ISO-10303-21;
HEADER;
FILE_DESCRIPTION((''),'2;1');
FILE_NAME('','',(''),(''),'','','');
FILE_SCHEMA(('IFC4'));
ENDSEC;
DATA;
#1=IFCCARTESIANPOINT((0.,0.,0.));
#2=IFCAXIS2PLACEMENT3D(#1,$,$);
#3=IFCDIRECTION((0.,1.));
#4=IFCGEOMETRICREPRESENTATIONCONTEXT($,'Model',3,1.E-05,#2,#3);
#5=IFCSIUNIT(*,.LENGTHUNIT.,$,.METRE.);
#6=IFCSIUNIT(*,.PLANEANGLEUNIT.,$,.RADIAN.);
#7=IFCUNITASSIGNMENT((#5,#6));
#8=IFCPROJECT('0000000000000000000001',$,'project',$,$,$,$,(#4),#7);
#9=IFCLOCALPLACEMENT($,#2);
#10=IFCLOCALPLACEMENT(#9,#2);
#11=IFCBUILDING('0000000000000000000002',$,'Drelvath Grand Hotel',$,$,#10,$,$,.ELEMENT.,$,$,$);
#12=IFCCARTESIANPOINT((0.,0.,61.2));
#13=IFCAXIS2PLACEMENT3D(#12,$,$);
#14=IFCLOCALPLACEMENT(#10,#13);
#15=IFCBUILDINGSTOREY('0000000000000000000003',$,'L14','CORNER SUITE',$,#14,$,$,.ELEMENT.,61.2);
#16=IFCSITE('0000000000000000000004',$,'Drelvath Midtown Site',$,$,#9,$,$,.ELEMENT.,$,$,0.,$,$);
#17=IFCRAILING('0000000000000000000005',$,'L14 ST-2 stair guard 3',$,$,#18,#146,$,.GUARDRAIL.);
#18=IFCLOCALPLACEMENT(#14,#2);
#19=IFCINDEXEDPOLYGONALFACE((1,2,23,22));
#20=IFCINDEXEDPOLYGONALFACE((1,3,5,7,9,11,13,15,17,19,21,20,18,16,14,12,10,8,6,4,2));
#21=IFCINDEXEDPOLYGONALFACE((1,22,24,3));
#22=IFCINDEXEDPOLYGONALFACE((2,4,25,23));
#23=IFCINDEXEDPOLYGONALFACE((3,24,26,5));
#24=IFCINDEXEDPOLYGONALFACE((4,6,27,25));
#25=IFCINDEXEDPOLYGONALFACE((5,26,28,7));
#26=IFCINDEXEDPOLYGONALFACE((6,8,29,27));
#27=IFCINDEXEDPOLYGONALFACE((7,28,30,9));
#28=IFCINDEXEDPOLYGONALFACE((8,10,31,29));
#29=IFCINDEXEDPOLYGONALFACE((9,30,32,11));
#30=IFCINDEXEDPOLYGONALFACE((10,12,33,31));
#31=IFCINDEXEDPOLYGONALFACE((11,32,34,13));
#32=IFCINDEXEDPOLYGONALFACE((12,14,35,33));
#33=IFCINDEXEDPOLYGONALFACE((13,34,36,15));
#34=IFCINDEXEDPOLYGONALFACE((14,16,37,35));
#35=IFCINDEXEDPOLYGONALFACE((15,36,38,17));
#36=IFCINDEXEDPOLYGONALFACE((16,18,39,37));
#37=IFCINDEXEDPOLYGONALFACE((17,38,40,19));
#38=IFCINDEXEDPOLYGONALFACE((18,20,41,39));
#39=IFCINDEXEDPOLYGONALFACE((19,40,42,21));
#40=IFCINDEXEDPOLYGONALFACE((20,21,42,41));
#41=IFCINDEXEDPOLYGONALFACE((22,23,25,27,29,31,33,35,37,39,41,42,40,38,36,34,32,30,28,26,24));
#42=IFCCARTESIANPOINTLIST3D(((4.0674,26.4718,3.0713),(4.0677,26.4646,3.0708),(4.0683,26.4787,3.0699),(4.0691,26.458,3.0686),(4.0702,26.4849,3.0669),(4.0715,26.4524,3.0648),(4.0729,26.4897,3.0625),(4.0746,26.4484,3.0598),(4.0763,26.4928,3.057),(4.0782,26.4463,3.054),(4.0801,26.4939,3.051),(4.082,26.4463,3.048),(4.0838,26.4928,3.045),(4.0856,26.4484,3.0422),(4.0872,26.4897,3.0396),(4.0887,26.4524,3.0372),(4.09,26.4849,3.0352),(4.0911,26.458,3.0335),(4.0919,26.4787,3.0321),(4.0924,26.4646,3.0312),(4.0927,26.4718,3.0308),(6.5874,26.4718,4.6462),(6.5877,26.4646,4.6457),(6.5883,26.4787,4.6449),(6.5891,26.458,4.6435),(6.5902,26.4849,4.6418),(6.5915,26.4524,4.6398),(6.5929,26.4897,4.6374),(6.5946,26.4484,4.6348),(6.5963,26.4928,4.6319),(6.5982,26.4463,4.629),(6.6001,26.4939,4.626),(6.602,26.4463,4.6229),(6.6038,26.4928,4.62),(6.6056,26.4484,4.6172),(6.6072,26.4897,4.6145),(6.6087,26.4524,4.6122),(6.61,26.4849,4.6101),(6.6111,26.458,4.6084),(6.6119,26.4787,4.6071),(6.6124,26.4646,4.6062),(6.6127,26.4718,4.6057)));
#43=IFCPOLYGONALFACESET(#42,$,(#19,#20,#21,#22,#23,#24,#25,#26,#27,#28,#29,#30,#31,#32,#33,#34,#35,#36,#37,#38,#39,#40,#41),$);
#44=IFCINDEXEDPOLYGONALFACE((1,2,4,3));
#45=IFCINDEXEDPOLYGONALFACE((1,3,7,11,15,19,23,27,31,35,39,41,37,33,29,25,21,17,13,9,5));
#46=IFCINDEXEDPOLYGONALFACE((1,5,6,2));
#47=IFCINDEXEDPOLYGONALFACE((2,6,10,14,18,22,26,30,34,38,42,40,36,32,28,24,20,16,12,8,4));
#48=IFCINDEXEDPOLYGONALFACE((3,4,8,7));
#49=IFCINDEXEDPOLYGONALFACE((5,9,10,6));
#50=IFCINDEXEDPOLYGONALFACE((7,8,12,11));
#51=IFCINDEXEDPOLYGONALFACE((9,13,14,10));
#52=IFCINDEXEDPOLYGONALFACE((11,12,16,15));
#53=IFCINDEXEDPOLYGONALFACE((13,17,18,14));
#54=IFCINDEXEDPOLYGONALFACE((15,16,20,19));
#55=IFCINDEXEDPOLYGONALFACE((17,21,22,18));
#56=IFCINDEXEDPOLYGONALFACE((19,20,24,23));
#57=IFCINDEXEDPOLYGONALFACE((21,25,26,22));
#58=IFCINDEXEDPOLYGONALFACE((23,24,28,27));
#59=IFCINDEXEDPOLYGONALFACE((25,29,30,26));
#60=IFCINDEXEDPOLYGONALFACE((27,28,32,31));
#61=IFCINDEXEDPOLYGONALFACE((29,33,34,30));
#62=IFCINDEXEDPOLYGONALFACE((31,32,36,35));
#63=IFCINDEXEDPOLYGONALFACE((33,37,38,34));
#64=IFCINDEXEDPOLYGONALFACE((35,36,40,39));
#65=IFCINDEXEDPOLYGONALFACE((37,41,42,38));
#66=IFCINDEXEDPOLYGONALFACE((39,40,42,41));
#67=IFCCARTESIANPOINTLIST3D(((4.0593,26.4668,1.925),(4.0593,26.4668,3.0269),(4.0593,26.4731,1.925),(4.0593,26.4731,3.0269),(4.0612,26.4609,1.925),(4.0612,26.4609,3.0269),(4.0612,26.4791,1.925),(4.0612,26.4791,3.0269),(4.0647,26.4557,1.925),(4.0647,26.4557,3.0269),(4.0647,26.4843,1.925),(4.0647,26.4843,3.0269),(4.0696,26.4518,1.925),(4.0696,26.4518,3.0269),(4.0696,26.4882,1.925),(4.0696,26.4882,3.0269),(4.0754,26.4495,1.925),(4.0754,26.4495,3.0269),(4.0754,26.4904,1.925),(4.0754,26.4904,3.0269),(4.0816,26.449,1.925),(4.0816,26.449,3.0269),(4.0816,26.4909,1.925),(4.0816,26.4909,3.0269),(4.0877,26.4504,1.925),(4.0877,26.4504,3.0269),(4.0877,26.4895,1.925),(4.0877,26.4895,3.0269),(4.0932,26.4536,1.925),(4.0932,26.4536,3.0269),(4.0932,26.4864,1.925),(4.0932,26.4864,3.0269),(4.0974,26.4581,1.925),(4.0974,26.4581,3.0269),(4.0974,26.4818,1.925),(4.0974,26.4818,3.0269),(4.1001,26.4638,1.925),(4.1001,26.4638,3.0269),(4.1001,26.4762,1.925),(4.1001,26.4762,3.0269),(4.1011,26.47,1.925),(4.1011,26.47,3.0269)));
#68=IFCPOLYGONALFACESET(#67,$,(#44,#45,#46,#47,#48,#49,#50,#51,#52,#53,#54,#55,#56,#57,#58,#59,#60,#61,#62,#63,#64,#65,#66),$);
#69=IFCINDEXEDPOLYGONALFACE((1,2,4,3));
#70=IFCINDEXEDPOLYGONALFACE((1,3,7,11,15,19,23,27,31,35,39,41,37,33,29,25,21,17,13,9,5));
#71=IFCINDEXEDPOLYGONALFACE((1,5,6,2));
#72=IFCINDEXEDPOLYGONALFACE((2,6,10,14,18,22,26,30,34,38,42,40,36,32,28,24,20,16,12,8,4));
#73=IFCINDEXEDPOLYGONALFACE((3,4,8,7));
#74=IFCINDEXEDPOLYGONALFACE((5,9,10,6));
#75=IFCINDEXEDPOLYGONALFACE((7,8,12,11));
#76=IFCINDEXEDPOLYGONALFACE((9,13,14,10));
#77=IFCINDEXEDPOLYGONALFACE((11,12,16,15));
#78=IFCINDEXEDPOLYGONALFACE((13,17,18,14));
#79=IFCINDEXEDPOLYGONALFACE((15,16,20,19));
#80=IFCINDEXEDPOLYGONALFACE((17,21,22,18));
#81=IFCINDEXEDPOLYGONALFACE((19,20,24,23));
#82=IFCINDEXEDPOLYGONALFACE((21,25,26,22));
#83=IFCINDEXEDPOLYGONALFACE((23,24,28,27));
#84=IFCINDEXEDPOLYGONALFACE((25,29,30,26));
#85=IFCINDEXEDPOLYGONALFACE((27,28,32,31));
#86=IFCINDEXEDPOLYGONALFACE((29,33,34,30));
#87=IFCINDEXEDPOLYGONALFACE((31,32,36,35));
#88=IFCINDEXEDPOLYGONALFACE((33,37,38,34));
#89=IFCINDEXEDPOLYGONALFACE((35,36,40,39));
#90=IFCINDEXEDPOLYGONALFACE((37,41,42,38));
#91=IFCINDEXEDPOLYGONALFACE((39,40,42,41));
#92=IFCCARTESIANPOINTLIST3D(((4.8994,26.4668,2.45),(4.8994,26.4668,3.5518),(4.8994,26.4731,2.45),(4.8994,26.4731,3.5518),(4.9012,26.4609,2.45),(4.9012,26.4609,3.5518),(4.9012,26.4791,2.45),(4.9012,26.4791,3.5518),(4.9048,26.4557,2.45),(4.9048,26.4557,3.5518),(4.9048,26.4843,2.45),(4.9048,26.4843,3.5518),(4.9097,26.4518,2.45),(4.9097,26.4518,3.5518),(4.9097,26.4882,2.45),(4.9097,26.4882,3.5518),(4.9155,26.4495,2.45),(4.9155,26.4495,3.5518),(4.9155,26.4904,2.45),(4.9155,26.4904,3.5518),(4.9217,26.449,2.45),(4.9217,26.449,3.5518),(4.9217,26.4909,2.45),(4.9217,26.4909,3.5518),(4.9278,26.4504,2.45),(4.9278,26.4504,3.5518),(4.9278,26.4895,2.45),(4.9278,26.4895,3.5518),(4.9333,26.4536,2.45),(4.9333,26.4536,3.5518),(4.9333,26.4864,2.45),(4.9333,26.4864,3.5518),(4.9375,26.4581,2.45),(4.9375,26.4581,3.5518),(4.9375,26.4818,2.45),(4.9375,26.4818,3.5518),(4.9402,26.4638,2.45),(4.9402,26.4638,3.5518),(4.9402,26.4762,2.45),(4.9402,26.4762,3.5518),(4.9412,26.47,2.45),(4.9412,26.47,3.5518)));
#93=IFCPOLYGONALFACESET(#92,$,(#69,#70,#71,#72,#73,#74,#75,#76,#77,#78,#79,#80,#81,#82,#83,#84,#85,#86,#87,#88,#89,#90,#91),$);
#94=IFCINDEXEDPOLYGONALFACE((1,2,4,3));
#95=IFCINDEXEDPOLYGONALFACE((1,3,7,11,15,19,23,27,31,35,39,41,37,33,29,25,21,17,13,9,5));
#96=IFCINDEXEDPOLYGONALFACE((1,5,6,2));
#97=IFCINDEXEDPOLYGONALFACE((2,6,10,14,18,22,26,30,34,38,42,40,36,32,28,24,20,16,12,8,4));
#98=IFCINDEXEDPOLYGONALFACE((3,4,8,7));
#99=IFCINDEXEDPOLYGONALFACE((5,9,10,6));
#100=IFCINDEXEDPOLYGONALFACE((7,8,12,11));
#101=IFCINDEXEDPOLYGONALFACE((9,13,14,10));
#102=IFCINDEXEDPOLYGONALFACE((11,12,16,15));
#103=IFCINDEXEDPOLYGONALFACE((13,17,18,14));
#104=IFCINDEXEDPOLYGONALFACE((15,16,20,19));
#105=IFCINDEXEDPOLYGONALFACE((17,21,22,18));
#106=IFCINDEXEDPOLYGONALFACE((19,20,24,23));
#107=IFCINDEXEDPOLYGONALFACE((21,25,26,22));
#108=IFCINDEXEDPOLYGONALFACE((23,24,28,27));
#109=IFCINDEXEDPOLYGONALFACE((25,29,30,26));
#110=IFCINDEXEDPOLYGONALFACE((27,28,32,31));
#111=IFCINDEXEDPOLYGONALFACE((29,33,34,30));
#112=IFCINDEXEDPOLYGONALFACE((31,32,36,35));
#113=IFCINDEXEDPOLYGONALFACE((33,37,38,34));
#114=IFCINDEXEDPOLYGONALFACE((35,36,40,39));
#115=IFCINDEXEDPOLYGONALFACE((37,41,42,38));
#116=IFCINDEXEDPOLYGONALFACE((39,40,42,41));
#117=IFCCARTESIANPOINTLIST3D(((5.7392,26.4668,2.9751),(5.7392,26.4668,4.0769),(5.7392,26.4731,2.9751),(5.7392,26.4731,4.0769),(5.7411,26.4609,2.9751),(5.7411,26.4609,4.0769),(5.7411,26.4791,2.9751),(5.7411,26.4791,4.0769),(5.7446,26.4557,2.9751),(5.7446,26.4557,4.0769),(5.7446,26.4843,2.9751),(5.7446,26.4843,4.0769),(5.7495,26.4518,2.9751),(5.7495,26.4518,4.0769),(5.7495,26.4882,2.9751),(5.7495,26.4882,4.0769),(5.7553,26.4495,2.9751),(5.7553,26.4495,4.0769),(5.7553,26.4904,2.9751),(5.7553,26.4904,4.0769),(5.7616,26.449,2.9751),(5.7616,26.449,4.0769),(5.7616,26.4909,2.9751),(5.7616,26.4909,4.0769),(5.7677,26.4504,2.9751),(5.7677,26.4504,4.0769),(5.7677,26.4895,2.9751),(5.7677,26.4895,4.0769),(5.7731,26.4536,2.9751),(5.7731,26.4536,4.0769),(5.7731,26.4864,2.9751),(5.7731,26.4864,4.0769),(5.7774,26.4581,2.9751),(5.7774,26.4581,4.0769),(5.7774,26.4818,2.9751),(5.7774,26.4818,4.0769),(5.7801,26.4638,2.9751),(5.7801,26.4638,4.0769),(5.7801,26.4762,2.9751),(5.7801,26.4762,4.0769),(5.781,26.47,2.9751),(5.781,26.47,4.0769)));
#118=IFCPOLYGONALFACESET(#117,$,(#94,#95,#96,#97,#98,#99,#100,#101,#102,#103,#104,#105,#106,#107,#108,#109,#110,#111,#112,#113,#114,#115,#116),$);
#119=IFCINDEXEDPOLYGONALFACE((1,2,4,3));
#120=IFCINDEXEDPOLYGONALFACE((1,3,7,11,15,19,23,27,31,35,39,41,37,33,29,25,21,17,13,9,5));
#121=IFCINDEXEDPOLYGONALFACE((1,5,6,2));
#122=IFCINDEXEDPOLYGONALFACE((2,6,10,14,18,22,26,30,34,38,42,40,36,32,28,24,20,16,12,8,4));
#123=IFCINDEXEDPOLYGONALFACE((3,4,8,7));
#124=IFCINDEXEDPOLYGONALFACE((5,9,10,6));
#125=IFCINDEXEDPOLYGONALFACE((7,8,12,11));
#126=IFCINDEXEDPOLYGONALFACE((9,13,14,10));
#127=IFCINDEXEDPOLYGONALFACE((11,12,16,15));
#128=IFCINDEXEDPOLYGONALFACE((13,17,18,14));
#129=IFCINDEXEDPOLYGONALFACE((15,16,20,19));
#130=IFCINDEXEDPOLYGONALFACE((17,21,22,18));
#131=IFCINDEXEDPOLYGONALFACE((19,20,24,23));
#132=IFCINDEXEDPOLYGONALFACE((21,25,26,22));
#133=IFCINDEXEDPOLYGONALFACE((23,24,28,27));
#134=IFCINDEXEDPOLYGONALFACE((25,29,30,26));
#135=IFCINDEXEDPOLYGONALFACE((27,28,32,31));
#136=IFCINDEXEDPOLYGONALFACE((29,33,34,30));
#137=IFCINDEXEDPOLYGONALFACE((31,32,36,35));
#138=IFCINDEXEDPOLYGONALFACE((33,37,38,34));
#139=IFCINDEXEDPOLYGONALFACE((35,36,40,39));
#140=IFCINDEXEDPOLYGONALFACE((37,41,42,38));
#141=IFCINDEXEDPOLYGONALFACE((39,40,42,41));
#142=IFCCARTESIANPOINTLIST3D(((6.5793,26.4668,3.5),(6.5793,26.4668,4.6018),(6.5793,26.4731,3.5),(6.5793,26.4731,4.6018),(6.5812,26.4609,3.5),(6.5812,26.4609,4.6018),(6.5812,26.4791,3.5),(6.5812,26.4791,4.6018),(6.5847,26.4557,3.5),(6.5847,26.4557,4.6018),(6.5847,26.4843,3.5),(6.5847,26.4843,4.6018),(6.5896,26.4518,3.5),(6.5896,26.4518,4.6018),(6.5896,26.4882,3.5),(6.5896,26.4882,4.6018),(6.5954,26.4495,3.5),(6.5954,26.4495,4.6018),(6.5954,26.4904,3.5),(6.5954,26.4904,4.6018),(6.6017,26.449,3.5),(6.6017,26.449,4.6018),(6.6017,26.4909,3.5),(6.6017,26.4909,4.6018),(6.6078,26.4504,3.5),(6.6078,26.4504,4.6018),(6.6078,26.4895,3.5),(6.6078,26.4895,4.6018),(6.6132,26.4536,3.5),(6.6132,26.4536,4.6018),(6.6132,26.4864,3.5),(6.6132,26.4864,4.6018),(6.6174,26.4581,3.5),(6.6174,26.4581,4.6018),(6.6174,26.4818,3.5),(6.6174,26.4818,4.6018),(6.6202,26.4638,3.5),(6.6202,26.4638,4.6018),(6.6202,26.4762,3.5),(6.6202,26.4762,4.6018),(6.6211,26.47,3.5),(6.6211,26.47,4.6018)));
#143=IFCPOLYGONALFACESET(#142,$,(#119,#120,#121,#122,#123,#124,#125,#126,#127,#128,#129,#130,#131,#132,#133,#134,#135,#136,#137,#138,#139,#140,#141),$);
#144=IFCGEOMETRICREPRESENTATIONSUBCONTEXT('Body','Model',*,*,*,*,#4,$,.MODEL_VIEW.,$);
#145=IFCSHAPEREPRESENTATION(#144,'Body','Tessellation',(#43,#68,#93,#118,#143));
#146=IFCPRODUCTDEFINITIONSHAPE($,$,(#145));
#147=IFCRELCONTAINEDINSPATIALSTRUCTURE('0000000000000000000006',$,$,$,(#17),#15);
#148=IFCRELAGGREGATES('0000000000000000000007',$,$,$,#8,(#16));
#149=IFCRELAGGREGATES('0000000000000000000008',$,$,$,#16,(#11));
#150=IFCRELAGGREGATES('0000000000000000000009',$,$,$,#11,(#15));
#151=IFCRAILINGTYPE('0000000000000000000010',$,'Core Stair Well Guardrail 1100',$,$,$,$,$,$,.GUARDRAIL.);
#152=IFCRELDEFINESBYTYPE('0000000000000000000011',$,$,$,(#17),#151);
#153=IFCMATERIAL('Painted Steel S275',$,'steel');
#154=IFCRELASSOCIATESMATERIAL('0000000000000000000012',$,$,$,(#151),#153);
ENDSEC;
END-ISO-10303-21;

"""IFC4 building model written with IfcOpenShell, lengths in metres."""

from ifc_helpers import new_model, si_unit, direction, frame, origin, origin_2d, place, context, subcontext, project, spatial, circle, extrude, material, type_object, element, save


model = new_model("IFC4")

# Units and contexts
model_context = context("Model", 3, precision=1e-05, world=origin(), true_north=direction((0.0, 1.0)))
body_context = subcontext(model_context, "Body", "Model", "MODEL_VIEW")
ifc_project = project(units=[si_unit("LENGTHUNIT", "METRE"), si_unit("PLANEANGLEUNIT", "RADIAN")], contexts=[model_context])

# Site, building, storey
site_placement = place(None, origin())
site = spatial("IfcSite", under=ifc_project, at=site_placement, Name="Drelvath Midtown Site", CompositionType="ELEMENT", RefElevation=0.0)
building_placement = place(site_placement, origin())
building = spatial("IfcBuilding", under=site, at=building_placement, Name="Drelvath Grand Hotel", CompositionType="ELEMENT")
storey_placement = place(building_placement, frame((0.0, 0.0, 61.2)))
storey = spatial("IfcBuildingStorey", under=building, at=storey_placement, Name="L14", Description="CORNER SUITE", CompositionType="ELEMENT", Elevation=61.2)

# Shared definitions
ifc_material_1 = material(Name="Painted Steel S275", Category="steel")

# Railing
railing_type_1 = type_object("IfcRailingType", Name="Core Stair Well Guardrail 1100", PredefinedType="GUARDRAIL", material=ifc_material_1)
railing_1_placement = place(storey_placement, frame((4.0801, 26.47, 1.925)))
element("IfcRailing", 1, at=railing_1_placement, inside=storey, type_object=railing_type_1, Name="L14 ST-2 stair guard 3", PredefinedType="GUARDRAIL", context=body_context, shape_type="SweptSolid", body=[
    extrude(circle(Radius=0.0239, at=origin_2d()), frame((0.0, 0.0, 1.126), z_axis=(0.848008, 0.0, 0.529984), x_axis=(0.0, 1.0, 0.0)), (0.0, 0.0, 1.0), 2.9717),
    extrude(circle(Radius=0.021, at=origin_2d()), origin(), (0.0, 0.0, 1.0), 1.1018),
    extrude(circle(Radius=0.021, at=origin_2d()), frame((0.8401, 0.0, 0.5249)), (0.0, 0.0, 1.0), 1.1018),
    extrude(circle(Radius=0.021, at=origin_2d()), frame((1.6799, 0.0, 1.05)), (0.0, 0.0, 1.0), 1.1018),
    extrude(circle(Radius=0.021, at=origin_2d()), frame((2.52, 0.0, 1.575)), (0.0, 0.0, 1.0), 1.1018),
])

save(model, "model.ifc")
